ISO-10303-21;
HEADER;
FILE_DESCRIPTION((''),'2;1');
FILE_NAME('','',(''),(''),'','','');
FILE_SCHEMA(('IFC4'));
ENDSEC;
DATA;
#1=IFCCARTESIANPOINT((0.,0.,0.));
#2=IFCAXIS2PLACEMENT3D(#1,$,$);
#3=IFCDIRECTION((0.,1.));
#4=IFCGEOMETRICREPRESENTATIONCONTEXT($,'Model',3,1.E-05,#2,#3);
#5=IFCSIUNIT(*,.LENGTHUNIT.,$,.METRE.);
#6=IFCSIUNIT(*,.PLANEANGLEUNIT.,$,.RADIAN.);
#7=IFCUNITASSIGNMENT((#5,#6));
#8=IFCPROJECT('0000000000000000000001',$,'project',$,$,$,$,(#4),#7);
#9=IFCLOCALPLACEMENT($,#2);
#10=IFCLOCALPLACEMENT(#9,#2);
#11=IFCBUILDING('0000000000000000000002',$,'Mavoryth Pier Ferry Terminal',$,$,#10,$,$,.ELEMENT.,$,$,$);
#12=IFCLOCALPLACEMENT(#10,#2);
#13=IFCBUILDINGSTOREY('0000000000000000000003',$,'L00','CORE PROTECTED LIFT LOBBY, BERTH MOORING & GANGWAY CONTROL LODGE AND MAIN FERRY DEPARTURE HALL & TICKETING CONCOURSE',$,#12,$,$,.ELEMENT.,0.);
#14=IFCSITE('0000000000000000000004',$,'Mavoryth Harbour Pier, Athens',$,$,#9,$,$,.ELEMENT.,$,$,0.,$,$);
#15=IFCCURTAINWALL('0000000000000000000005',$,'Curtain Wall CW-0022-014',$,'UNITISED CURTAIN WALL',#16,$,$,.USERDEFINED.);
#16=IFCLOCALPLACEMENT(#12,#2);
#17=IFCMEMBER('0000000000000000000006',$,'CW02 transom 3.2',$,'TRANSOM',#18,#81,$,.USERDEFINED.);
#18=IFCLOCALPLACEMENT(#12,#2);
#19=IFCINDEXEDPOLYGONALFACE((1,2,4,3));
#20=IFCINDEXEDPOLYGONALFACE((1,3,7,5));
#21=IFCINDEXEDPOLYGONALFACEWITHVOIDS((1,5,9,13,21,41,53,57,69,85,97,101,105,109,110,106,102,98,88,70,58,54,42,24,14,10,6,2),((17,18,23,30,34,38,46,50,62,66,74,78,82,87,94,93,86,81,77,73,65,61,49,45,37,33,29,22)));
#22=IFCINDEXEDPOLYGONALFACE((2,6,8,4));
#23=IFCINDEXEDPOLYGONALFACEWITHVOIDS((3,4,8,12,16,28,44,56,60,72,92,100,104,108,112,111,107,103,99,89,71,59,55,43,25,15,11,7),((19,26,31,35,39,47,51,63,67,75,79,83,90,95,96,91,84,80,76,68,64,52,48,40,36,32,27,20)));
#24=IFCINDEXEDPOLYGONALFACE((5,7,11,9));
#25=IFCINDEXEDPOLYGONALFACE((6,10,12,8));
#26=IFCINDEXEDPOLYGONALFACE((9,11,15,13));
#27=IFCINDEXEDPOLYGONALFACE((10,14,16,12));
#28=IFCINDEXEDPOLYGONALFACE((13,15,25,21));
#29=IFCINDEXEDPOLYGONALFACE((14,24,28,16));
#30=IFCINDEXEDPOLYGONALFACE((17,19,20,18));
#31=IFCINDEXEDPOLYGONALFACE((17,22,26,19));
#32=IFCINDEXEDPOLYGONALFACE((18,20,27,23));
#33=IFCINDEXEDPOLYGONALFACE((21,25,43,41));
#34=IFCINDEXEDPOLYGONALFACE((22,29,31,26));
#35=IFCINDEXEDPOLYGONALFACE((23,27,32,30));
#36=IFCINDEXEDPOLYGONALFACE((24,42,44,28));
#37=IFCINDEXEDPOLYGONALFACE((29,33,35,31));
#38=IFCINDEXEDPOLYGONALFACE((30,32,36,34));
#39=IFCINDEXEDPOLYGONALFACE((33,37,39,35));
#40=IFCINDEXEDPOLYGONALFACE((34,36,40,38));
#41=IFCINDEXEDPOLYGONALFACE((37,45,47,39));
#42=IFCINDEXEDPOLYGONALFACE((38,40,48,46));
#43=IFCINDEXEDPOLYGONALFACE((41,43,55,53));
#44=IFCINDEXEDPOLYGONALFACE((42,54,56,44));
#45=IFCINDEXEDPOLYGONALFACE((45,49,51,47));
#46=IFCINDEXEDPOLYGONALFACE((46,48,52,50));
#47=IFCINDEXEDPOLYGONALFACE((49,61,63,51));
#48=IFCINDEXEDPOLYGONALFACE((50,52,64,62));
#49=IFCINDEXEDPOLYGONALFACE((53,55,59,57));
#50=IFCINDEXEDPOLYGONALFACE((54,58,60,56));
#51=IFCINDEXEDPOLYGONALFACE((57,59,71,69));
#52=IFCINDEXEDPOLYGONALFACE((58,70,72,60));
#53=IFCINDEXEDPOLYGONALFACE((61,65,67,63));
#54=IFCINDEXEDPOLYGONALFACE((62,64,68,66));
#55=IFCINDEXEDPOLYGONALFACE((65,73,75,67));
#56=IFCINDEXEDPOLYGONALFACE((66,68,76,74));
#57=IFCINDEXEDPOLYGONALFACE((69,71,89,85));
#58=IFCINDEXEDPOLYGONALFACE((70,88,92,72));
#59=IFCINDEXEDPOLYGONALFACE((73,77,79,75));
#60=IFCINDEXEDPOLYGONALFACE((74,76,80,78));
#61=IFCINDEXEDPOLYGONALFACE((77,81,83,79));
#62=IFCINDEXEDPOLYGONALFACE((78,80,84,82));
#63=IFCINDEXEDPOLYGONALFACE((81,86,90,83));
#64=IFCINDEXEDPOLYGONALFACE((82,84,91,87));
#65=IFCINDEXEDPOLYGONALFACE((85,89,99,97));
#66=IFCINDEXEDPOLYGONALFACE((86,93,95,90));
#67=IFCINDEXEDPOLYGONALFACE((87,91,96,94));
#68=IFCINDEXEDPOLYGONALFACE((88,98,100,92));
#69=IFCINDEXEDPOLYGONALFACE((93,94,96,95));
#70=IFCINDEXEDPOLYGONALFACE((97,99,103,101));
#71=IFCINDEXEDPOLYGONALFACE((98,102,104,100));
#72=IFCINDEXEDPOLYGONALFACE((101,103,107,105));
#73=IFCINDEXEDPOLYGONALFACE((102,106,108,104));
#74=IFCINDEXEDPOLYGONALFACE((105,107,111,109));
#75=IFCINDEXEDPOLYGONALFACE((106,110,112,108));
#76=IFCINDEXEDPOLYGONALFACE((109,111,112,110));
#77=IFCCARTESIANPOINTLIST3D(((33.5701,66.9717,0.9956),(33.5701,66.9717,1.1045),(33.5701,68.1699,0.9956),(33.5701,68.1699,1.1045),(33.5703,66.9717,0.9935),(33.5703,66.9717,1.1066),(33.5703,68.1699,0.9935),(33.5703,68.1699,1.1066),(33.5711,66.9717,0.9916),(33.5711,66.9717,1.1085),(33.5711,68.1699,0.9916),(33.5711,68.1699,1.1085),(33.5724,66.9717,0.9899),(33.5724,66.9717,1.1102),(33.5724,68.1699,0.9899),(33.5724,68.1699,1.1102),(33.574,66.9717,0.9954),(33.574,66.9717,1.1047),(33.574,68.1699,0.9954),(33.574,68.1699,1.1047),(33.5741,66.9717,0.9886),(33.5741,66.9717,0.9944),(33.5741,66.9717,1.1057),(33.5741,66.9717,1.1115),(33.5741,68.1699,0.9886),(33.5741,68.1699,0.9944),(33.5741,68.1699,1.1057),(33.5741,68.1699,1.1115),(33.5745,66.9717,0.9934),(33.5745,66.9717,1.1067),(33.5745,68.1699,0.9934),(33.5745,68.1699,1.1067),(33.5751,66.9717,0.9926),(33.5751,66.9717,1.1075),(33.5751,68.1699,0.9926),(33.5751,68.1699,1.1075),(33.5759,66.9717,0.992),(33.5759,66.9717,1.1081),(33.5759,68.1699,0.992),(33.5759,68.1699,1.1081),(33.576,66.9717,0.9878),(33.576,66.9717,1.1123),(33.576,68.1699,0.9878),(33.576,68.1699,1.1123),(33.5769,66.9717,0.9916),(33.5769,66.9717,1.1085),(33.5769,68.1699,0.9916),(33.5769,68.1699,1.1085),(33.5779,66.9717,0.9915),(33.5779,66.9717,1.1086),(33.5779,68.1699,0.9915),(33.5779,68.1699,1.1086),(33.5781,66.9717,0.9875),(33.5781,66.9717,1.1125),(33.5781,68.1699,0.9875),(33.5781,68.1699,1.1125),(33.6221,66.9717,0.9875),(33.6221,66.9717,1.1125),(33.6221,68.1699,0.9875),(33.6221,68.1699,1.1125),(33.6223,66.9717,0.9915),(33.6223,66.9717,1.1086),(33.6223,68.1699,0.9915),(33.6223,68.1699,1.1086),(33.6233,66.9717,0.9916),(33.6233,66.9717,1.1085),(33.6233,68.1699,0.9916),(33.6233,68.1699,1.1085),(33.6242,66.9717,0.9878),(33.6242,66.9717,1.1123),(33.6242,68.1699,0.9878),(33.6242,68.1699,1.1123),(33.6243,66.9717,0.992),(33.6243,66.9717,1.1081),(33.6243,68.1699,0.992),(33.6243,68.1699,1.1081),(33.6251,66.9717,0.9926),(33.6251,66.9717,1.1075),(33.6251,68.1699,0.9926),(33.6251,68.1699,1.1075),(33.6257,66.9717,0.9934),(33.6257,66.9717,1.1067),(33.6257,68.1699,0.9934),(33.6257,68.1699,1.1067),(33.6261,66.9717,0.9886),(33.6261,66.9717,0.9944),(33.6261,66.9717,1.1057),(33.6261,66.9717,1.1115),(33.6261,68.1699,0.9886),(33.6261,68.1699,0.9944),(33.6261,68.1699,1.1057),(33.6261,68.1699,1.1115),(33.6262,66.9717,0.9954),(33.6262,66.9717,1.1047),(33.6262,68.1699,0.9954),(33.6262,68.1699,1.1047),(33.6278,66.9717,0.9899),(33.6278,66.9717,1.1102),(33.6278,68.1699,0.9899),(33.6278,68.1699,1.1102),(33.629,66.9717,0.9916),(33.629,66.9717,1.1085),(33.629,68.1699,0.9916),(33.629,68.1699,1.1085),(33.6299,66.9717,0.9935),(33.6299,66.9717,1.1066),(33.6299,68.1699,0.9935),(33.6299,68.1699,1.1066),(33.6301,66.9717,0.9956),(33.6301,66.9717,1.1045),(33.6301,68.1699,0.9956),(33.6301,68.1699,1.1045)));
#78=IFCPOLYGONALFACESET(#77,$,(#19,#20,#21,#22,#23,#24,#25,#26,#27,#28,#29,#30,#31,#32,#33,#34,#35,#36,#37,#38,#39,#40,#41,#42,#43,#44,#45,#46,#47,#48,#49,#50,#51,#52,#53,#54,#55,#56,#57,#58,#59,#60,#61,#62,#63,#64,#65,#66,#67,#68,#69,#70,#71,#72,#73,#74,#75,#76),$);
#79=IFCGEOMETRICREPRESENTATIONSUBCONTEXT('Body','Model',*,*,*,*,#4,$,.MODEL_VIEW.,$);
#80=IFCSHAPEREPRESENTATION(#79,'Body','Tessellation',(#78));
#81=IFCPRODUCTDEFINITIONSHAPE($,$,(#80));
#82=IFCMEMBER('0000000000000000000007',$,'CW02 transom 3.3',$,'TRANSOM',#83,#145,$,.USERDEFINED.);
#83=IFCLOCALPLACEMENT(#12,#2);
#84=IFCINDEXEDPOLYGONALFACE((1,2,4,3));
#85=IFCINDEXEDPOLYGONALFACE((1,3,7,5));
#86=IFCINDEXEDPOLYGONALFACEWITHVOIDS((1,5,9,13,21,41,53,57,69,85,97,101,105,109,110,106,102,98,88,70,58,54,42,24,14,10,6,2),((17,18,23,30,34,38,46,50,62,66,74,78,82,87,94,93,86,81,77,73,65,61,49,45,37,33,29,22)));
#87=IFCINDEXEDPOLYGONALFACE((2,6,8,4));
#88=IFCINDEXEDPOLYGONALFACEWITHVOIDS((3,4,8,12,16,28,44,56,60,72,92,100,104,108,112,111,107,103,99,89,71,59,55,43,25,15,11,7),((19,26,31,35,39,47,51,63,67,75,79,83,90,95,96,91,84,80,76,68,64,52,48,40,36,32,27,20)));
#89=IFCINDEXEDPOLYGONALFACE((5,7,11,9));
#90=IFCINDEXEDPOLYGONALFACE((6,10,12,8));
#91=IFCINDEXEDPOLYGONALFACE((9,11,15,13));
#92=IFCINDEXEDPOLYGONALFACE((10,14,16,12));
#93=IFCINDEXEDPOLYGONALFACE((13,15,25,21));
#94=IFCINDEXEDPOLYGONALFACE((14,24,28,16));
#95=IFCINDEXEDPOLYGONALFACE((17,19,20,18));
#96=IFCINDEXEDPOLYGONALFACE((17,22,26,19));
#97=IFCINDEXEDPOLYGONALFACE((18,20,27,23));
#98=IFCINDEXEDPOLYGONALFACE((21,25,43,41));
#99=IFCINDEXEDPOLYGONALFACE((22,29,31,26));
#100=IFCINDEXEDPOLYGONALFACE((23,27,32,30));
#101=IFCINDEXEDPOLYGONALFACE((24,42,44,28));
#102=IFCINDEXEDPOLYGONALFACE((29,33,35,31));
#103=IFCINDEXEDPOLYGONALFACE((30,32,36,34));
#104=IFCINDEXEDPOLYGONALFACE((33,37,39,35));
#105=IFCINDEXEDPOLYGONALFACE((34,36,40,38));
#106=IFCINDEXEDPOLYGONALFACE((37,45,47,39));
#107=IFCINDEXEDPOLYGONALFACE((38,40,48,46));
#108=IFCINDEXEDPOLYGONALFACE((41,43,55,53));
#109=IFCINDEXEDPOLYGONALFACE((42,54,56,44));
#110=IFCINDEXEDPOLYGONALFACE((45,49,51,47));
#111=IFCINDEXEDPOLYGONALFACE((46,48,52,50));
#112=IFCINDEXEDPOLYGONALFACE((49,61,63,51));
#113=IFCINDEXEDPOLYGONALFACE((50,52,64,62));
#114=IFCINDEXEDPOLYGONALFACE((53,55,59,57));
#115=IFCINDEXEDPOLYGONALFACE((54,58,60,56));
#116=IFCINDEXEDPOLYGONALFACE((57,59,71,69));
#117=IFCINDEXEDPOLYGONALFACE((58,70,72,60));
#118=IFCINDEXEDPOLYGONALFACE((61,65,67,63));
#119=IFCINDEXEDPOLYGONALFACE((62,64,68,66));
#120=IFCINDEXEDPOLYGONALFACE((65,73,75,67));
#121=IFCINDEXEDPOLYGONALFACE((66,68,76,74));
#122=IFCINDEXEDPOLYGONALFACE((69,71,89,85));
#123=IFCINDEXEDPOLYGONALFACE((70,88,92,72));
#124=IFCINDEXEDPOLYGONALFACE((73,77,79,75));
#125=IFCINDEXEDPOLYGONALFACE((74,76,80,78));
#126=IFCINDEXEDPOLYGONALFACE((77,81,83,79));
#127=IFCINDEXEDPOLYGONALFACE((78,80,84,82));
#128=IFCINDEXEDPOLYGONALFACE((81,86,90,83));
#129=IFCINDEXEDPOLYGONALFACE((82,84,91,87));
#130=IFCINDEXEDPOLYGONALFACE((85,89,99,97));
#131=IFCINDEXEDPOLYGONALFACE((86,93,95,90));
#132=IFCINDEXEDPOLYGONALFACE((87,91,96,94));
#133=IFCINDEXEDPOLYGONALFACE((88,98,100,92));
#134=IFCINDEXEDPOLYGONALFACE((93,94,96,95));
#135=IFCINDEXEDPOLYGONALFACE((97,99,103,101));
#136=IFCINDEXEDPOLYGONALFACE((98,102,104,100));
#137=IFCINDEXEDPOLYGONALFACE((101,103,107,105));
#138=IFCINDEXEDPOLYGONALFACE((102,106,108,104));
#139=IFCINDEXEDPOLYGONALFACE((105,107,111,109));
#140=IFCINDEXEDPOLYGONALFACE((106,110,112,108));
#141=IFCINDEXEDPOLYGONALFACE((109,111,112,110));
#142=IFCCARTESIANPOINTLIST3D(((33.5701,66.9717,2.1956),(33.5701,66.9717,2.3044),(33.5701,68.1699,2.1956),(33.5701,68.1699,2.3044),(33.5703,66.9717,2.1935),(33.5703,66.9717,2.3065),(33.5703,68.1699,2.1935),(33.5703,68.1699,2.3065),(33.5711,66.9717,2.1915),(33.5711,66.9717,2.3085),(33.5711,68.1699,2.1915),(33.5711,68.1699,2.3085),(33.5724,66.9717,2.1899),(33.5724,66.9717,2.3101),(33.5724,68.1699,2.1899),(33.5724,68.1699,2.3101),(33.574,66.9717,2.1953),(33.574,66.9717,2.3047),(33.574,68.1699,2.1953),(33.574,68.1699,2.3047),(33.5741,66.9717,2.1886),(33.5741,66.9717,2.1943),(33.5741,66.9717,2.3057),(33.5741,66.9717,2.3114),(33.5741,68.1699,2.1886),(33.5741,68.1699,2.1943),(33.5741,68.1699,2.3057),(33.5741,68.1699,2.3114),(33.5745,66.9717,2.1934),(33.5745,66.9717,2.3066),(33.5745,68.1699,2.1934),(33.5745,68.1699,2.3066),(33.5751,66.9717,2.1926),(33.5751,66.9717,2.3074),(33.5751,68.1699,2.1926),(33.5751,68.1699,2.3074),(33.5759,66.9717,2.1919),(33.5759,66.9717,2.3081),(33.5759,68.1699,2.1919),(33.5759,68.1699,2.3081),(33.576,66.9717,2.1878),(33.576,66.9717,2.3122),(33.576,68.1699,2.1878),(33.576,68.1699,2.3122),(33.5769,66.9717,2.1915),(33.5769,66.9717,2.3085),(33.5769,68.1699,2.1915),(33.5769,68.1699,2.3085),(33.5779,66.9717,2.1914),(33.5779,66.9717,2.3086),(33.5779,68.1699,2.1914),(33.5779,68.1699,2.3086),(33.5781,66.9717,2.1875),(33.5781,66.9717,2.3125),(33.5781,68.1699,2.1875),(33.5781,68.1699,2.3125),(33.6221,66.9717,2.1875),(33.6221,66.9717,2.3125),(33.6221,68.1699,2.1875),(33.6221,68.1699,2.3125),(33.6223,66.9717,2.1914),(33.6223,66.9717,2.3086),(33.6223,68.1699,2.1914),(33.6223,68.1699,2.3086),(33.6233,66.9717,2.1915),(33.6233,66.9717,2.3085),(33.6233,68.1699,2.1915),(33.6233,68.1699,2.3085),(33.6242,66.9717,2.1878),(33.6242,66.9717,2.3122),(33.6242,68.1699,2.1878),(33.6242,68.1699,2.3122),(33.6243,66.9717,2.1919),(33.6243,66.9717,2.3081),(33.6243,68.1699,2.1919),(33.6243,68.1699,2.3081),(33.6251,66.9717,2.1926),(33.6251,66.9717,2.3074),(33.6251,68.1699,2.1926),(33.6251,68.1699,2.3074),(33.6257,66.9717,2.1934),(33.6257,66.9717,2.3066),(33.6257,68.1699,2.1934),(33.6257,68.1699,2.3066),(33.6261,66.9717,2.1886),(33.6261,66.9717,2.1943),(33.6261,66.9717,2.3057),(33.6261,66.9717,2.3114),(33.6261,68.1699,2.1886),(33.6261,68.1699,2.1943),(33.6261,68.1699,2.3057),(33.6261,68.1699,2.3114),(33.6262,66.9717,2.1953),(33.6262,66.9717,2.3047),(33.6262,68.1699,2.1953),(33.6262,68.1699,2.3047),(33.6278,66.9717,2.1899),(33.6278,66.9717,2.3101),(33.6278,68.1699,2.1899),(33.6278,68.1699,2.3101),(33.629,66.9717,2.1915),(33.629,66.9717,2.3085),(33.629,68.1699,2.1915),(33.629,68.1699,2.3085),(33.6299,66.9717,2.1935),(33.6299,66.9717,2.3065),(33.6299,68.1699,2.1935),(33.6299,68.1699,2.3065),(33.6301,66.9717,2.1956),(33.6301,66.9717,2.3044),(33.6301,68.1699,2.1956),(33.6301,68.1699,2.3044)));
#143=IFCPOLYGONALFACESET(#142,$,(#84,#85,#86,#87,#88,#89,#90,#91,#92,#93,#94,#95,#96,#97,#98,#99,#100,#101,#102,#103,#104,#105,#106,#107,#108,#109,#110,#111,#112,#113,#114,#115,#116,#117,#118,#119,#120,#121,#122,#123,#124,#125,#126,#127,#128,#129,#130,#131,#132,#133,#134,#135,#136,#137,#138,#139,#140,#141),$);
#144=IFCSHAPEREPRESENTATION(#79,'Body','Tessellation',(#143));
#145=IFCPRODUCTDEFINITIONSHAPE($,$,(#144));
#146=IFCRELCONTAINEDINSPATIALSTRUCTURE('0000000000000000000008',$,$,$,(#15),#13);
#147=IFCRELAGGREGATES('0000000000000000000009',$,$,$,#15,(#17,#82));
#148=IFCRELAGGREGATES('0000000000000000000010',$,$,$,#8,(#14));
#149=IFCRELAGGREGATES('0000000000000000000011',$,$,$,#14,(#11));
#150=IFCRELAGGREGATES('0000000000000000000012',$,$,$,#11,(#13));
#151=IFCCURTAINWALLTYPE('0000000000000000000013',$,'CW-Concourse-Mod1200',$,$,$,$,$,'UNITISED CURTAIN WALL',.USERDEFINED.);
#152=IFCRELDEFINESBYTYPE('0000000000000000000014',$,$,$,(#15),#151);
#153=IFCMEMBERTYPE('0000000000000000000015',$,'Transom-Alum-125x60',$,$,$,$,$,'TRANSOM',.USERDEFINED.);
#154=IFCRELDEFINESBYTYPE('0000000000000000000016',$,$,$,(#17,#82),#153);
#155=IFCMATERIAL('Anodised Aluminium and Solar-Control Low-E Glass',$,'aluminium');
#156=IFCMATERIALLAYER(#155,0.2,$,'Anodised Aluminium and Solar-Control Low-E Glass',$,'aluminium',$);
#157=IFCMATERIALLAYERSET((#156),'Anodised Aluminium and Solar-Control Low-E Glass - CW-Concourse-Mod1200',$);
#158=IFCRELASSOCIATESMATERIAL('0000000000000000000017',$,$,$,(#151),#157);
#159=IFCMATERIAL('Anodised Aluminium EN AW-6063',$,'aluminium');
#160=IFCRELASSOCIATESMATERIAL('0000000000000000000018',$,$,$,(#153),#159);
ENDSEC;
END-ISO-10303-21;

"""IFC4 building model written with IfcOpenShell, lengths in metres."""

from ifc_helpers import new_model, si_unit, direction, frame, origin, origin_2d, place, context, subcontext, project, spatial, hollow_rectangle, extrude, material, layer, layer_set, material_profile, profile_set, type_object, element, aggregate, save


model = new_model("IFC4")

# Units and contexts
model_context = context("Model", 3, precision=1e-05, world=origin(), true_north=direction((0.0, 1.0)))
body_context = subcontext(model_context, "Body", "Model", "MODEL_VIEW")
ifc_project = project(units=[si_unit("LENGTHUNIT", "METRE"), si_unit("PLANEANGLEUNIT", "RADIAN")], contexts=[model_context])

# Site, building, storey
site_placement = place(None, origin())
site = spatial("IfcSite", under=ifc_project, at=site_placement, Name="Mavoryth Harbour Pier, Athens", CompositionType="ELEMENT", RefElevation=0.0)
building_placement = place(site_placement, origin())
building = spatial("IfcBuilding", under=site, at=building_placement, Name="Mavoryth Pier Ferry Terminal", CompositionType="ELEMENT")
storey_placement = place(building_placement, origin())
storey = spatial("IfcBuildingStorey", under=building, at=storey_placement, Name="L00", Description="CORE PROTECTED LIFT LOBBY, BERTH MOORING & GANGWAY CONTROL LODGE AND MAIN FERRY DEPARTURE HALL & TICKETING CONCOURSE", CompositionType="ELEMENT", Elevation=0.0)

# Curtain wall, members
ifc_material_1 = material(Name="Anodised Aluminium and Solar-Control Low-E Glass", Category="aluminium")
ifc_layer_1 = layer(ifc_material_1, 0.2, Name="Anodised Aluminium and Solar-Control Low-E Glass", Category="aluminium")
ifc_layer_set_1 = layer_set([ifc_layer_1], Name="Anodised Aluminium and Solar-Control Low-E Glass - CW-Concourse-Mod1200")
curtain_wall_type = type_object("IfcCurtainWallType", Name="CW-Concourse-Mod1200", ElementType="UNITISED CURTAIN WALL", PredefinedType="USERDEFINED", material=ifc_layer_set_1)
curtain_wall_placement = place(storey_placement, origin())
curtain_wall = element("IfcCurtainWall", 1, at=curtain_wall_placement, inside=storey, type_object=curtain_wall_type, Name="Curtain Wall CW-0022-014", ObjectType="UNITISED CURTAIN WALL", PredefinedType="USERDEFINED")
ifc_material_2 = material(Name="Anodised Aluminium EN AW-6063", Category="aluminium")
ifc_material_profile_1 = material_profile(ifc_material_2, hollow_rectangle(XDim=0.0601, YDim=0.125, WallThickness=0.0039, InnerFilletRadius=0.0039, OuterFilletRadius=0.0081, at=origin_2d()), Name="AL-TRAN 125x60x4", Category="aluminium")
ifc_profile_set_1 = profile_set([ifc_material_profile_1], Name="Anodised Aluminium EN AW-6063 - AL-TRAN 125x60x4")
member_type_1 = type_object("IfcMemberType", Name="Transom-Alum-125x60", ElementType="TRANSOM", PredefinedType="USERDEFINED", material=ifc_profile_set_1)
member_1_placement = place(storey_placement, frame((33.6001, 66.9717, 1.05), z_axis=(0.0, 1.0, 0.0), x_axis=(-1.0, 0.0, 0.0)))
member_1 = element("IfcMember", 2, at=member_1_placement, type_object=member_type_1, Name="CW02 transom 3.2", ObjectType="TRANSOM", PredefinedType="USERDEFINED", context=body_context, shape_type="SweptSolid", body=[
    extrude(hollow_rectangle(XDim=0.0601, YDim=0.125, WallThickness=0.0039, InnerFilletRadius=0.0039, OuterFilletRadius=0.0081, at=origin_2d()), origin(), (0.0, 0.0, 1.0), 1.1982),
])
member_2_placement = place(storey_placement, frame((33.6001, 66.9717, 2.25), z_axis=(0.0, 1.0, 0.0), x_axis=(-1.0, 0.0, 0.0)))
member_2 = element("IfcMember", 3, at=member_2_placement, type_object=member_type_1, Name="CW02 transom 3.3", ObjectType="TRANSOM", PredefinedType="USERDEFINED", context=body_context, shape_type="SweptSolid", body=[
    extrude(hollow_rectangle(XDim=0.0601, YDim=0.125, WallThickness=0.0039, InnerFilletRadius=0.0039, OuterFilletRadius=0.0081, at=origin_2d()), origin(), (0.0, 0.0, 1.0), 1.1982),
])
aggregate(curtain_wall, [member_1, member_2])

save(model, "model.ifc")
